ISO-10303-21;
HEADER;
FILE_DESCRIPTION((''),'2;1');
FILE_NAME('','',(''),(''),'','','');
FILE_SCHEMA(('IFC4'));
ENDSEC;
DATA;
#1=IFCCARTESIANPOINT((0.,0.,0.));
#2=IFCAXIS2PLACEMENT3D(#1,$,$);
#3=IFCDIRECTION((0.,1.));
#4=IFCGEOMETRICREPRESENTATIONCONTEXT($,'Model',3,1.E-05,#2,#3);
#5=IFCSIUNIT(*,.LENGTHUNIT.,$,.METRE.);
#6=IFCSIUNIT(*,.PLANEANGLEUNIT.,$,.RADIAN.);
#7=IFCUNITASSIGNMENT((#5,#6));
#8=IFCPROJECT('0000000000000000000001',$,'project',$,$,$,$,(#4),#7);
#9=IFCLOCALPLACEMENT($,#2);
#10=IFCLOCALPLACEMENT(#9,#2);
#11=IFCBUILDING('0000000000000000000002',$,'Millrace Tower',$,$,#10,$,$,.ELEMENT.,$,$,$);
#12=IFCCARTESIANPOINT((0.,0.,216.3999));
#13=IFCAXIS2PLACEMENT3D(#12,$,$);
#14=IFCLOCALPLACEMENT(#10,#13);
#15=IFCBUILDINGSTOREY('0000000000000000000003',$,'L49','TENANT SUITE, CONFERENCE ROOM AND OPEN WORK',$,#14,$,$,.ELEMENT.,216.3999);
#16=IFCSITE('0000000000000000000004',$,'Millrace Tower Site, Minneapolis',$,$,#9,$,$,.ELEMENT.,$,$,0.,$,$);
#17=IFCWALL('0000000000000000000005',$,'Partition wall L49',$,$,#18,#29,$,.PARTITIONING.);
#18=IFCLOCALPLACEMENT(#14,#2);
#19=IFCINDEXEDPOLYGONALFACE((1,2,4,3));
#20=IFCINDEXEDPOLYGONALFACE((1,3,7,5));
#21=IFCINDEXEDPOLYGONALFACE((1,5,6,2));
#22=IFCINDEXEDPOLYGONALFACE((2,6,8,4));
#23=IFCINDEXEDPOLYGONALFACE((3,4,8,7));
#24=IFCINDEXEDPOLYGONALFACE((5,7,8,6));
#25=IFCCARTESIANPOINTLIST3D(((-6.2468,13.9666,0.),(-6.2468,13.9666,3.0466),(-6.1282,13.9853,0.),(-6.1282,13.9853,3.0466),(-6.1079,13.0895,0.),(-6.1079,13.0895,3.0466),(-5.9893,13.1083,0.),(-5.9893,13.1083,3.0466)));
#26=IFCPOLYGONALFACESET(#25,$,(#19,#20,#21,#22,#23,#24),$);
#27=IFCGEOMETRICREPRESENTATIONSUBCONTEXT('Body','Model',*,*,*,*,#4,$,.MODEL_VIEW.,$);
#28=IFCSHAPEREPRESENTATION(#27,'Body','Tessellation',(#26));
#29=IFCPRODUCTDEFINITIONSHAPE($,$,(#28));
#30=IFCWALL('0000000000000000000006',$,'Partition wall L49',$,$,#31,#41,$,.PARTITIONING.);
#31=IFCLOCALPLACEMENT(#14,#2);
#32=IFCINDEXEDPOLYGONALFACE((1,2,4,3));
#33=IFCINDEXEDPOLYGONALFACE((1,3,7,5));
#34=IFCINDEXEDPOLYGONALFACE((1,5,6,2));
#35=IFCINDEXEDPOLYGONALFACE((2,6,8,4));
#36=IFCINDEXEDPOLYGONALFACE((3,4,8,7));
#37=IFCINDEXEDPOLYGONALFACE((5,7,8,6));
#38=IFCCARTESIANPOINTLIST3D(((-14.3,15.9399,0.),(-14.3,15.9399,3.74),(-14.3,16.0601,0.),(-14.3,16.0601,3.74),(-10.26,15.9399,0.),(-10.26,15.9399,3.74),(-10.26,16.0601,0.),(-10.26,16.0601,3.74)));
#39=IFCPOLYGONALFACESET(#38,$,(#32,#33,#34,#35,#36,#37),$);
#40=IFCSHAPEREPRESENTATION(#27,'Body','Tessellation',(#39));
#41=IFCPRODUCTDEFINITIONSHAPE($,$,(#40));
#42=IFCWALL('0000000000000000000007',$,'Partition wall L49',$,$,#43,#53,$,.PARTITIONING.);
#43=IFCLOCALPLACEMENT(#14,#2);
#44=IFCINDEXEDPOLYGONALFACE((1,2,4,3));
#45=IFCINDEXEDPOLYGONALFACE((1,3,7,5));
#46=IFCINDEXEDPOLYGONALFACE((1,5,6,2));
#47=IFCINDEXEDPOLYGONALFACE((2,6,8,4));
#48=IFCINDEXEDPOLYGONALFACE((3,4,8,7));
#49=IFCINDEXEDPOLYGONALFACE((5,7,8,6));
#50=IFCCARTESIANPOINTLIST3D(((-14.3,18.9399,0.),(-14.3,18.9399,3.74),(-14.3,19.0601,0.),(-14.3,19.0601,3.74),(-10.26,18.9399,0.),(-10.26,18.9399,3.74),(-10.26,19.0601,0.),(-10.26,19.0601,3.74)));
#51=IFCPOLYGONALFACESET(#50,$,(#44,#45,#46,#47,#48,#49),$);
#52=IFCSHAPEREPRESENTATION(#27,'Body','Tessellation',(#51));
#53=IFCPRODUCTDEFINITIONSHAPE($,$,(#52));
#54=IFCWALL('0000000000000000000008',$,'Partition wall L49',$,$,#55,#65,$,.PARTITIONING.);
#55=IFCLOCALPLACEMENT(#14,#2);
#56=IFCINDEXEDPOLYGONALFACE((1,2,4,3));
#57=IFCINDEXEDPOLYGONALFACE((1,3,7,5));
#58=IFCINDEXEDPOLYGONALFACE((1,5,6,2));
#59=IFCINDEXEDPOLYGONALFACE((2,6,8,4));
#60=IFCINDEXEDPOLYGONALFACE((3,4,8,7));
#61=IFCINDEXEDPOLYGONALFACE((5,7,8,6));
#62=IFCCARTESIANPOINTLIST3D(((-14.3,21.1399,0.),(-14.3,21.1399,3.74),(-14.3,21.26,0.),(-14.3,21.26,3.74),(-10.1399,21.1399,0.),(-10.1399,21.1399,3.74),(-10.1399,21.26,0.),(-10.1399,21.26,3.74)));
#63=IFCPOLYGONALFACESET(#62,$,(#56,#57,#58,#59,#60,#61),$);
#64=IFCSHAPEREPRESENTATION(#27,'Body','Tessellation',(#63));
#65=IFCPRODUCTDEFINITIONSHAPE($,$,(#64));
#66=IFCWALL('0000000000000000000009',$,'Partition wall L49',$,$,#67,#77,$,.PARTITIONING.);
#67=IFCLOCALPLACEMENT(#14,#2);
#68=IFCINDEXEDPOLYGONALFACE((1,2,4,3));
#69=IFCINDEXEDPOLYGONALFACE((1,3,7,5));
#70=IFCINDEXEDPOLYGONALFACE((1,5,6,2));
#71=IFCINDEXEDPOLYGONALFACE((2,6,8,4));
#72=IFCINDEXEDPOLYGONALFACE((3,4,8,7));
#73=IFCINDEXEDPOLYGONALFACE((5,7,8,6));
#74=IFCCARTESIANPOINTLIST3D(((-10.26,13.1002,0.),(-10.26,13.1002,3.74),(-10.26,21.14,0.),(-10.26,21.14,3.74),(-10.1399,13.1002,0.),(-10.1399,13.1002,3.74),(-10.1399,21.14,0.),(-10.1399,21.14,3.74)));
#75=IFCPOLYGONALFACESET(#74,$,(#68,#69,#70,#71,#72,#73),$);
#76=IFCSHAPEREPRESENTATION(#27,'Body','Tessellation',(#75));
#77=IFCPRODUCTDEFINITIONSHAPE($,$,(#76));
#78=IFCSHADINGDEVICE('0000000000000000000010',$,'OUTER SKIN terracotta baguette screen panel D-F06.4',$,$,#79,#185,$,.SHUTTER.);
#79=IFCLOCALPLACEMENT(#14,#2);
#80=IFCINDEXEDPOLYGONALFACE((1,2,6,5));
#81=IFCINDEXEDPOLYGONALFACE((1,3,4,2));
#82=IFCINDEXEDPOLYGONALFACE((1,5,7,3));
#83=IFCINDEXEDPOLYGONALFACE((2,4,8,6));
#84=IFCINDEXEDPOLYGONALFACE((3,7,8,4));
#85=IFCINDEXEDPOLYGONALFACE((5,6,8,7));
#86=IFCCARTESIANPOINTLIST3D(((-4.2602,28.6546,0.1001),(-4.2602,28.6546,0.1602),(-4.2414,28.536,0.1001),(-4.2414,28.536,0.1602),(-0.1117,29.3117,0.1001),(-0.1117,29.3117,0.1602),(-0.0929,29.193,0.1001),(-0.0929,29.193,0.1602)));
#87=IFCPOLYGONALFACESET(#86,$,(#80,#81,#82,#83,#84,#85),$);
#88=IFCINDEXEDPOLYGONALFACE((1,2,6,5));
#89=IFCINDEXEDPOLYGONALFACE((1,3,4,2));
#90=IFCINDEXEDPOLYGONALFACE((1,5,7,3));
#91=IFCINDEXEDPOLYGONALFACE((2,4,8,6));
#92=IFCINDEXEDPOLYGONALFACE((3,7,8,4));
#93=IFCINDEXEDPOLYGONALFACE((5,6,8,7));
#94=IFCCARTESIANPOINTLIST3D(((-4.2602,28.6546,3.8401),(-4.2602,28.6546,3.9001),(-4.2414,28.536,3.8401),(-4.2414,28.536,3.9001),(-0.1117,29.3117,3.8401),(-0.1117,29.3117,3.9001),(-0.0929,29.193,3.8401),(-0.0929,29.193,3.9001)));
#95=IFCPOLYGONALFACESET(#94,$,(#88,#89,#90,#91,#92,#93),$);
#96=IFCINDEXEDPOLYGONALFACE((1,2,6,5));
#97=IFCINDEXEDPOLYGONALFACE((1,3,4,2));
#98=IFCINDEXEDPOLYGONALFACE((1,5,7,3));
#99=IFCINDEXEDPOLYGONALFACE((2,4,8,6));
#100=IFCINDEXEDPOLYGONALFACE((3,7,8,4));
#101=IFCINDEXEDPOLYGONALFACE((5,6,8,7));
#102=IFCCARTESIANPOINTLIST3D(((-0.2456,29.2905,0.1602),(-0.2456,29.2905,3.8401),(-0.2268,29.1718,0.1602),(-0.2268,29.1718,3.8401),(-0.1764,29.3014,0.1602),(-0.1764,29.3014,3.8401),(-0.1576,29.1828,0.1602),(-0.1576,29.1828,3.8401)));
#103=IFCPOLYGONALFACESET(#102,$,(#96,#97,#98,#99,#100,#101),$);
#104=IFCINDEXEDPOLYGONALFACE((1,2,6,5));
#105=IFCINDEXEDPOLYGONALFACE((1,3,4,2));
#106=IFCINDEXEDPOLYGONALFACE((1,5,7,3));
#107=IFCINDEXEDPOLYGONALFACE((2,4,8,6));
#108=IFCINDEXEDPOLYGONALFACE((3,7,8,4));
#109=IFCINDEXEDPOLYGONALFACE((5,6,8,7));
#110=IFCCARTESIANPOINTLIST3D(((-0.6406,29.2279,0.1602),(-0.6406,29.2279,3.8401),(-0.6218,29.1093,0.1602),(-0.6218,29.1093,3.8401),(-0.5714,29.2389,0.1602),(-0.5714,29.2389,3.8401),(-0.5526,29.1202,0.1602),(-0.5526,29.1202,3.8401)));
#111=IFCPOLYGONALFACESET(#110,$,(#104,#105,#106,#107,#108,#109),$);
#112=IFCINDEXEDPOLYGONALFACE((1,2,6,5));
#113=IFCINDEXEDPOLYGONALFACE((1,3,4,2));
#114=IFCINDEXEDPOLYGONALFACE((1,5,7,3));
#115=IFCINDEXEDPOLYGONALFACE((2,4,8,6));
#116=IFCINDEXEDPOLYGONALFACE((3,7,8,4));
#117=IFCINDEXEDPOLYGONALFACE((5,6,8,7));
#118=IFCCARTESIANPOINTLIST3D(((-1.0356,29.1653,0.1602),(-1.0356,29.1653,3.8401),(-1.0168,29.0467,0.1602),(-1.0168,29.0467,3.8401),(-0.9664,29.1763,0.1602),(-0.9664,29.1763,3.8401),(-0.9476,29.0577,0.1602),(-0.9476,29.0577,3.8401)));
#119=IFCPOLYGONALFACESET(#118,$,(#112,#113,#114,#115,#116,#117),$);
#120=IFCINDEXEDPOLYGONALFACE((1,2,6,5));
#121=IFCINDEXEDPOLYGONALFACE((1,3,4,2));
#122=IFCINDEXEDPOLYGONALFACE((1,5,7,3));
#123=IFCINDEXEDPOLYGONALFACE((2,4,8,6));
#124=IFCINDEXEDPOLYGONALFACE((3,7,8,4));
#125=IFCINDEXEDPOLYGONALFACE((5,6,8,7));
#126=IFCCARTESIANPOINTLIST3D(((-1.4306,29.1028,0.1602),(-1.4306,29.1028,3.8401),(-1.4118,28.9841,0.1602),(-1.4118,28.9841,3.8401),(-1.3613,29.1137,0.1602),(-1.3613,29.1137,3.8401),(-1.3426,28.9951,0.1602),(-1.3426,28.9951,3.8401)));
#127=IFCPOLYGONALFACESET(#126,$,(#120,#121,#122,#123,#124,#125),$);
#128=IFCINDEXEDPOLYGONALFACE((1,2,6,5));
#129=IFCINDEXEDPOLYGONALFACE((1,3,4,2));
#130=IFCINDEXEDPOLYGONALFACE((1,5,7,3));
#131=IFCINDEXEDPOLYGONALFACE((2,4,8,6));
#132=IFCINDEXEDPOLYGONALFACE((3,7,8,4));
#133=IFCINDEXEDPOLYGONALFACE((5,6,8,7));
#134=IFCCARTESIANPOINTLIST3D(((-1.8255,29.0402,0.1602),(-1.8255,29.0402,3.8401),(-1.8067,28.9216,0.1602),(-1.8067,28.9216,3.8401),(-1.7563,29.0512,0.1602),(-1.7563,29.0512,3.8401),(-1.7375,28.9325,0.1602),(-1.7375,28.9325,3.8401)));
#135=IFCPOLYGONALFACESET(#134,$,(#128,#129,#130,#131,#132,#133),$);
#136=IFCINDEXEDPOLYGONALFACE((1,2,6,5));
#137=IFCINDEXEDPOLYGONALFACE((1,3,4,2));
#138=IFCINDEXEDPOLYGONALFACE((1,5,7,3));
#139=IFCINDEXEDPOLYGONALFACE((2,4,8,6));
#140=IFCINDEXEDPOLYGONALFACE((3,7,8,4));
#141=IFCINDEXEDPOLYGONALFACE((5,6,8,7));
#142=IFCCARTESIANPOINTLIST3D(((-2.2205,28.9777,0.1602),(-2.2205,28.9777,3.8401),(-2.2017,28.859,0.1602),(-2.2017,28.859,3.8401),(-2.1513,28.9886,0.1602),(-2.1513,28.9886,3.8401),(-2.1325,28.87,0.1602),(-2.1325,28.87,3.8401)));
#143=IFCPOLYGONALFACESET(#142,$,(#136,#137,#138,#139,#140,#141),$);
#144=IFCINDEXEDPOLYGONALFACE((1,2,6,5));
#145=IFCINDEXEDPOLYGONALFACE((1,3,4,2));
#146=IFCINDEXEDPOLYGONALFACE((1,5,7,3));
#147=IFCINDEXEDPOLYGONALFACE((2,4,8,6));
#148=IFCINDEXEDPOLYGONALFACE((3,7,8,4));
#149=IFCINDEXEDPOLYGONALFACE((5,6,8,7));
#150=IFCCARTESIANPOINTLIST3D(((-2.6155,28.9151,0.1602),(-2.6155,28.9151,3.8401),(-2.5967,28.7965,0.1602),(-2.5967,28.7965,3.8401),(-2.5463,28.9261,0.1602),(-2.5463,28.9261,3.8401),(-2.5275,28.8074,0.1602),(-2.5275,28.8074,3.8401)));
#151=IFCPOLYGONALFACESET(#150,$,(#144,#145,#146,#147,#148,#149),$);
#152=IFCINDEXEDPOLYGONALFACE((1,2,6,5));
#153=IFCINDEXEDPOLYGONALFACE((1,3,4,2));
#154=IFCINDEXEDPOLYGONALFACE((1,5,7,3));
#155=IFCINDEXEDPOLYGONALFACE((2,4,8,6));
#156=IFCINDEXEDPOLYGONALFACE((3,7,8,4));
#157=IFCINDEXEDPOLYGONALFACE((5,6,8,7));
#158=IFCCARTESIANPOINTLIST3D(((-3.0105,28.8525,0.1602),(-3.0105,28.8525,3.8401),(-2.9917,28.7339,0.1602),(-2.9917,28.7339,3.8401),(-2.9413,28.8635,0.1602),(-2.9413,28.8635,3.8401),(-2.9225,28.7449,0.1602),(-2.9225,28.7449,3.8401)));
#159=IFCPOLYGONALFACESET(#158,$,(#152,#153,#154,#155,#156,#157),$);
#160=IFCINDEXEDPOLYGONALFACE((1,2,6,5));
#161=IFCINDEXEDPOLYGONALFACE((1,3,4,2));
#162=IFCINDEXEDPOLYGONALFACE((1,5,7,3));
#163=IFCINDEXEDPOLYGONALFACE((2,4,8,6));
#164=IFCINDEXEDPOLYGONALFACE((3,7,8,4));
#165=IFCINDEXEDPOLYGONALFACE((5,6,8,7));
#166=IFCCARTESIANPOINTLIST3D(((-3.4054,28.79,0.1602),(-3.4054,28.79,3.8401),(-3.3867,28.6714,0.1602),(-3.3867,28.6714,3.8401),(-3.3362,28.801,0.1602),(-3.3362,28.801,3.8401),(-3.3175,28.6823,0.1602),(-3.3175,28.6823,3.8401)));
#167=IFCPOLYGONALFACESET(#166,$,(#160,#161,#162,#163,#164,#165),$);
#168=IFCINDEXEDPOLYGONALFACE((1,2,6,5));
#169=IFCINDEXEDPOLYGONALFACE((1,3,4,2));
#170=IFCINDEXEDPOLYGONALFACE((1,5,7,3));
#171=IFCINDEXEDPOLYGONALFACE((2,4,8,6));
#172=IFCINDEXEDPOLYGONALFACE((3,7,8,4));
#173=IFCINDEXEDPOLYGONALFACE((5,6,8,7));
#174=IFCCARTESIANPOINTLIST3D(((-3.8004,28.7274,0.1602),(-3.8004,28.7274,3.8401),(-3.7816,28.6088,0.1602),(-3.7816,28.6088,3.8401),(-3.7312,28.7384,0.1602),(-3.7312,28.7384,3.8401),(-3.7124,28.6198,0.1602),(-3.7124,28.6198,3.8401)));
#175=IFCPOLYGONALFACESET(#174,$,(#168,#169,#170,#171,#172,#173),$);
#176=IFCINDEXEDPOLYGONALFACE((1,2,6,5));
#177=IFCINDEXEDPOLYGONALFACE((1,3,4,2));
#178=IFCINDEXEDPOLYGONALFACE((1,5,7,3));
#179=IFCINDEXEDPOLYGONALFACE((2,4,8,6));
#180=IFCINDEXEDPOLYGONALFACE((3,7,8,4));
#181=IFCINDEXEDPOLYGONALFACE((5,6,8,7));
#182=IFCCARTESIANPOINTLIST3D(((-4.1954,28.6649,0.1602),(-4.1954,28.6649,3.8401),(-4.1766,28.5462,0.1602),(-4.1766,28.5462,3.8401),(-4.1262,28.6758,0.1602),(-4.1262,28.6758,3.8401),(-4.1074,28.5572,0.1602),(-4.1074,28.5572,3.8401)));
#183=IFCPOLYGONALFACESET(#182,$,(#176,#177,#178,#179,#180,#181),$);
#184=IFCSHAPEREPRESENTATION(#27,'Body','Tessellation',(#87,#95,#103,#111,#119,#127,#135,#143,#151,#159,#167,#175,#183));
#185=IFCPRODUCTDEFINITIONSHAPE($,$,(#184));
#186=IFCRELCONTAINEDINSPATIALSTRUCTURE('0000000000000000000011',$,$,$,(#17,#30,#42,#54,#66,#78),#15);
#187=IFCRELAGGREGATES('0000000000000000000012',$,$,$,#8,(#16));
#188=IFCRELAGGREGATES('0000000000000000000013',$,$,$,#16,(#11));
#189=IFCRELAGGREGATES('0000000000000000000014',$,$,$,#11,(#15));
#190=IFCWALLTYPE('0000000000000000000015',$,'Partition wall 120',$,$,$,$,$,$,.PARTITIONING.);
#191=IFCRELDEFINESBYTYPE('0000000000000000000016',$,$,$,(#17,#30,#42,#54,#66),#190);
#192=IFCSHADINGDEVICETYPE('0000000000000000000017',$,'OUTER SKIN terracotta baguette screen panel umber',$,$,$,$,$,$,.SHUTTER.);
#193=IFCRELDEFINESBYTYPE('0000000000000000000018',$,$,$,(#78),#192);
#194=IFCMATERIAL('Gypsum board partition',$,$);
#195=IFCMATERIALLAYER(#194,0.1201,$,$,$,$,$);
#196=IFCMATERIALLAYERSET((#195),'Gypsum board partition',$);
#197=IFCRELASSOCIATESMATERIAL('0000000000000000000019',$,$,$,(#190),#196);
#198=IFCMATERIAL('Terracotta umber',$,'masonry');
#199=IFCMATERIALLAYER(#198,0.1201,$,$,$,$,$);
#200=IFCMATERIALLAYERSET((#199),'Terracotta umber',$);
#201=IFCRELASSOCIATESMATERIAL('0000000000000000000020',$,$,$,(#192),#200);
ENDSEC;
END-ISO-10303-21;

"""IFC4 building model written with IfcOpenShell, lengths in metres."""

from ifc_helpers import new_model, entity, si_unit, direction, frame, frame_2d, origin, origin_2d, place, context, subcontext, project, spatial, rectangle, extrude, source, transform, mapped, material, layer, layer_set, type_object, element, save


model = new_model("IFC4")

# Units and contexts
model_context = context("Model", 3, precision=1e-05, world=origin(), true_north=direction((0.0, 1.0)))
body_context = subcontext(model_context, "Body", "Model", "MODEL_VIEW")
ifc_project = project(units=[si_unit("LENGTHUNIT", "METRE"), si_unit("PLANEANGLEUNIT", "RADIAN")], contexts=[model_context])

# Site, building, storey
site_placement = place(None, origin())
site = spatial("IfcSite", under=ifc_project, at=site_placement, Name="Millrace Tower Site, Minneapolis", CompositionType="ELEMENT", RefElevation=0.0)
building_placement = place(site_placement, origin())
building = spatial("IfcBuilding", under=site, at=building_placement, Name="Millrace Tower", CompositionType="ELEMENT")
storey_placement = place(building_placement, frame((0.0, 0.0, 216.3999)))
storey = spatial("IfcBuildingStorey", under=building, at=storey_placement, Name="L49", Description="TENANT SUITE, CONFERENCE ROOM AND OPEN WORK", CompositionType="ELEMENT", Elevation=216.3999)

# Walls
ifc_material_1 = material(Name="Gypsum board partition")
ifc_layer_1 = layer(ifc_material_1, 0.1201)
ifc_layer_set_1 = layer_set([ifc_layer_1], Name="Gypsum board partition")
wall_type_1 = type_object("IfcWallType", Name="Partition wall 120", PredefinedType="PARTITIONING", material=ifc_layer_set_1)
wall_1_placement = place(storey_placement, frame((-6.1875, 13.9758, 0.0), z_axis=(0.0, 0.0, 1.0), x_axis=(0.156457, -0.987685, 0.0)))
element("IfcWall", 1, at=wall_1_placement, inside=storey, type_object=wall_type_1, Name="Partition wall L49", PredefinedType="PARTITIONING", context=body_context, shape_type="SweptSolid", body=[
    extrude(rectangle(XDim=0.8879, YDim=0.1201, at=frame_2d((0.4438, 0.0))), origin(), (0.0, 0.0, 1.0), 3.0466),
])
for number, where, z_axis, x_axis, name in (
    (2, (-14.3, 16.0, 0.0), (0.0, 0.0, 1.0), (1.0, 0.0, 0.0), "Partition wall L49"),
    (3, (-14.3, 19.0, 0.0), (0.0, 0.0, 1.0), (1.0, 0.0, 0.0), "Partition wall L49"),
):
    element("IfcWall", number, at=place(storey_placement, frame(where, z_axis=z_axis, x_axis=x_axis)), inside=storey, type_object=wall_type_1, Name=name, PredefinedType="PARTITIONING", context=body_context, shape_type="SweptSolid", body=[
        extrude(rectangle(XDim=4.04, YDim=0.1201, at=frame_2d((2.02, 0.0))), origin(), (0.0, 0.0, 1.0), 3.74),
    ])
wall_2_placement = place(storey_placement, frame((-14.3, 21.2, 0.0), z_axis=(0.0, 0.0, 1.0), x_axis=(1.0, 0.0, 0.0)))
element("IfcWall", 4, at=wall_2_placement, inside=storey, type_object=wall_type_1, Name="Partition wall L49", PredefinedType="PARTITIONING", context=body_context, shape_type="SweptSolid", body=[
    extrude(rectangle(XDim=4.1602, YDim=0.1201, at=frame_2d((2.0801, 0.0))), origin(), (0.0, 0.0, 1.0), 3.74),
])
wall_3_placement = place(storey_placement, frame((-10.2, 13.1001, 0.0), z_axis=(0.0, 0.0, 1.0), x_axis=(0.0, 1.0, 0.0)))
element("IfcWall", 5, at=wall_3_placement, inside=storey, type_object=wall_type_1, Name="Partition wall L49", PredefinedType="PARTITIONING", context=body_context, shape_type="SweptSolid", body=[
    extrude(rectangle(XDim=8.0398, YDim=0.1201, at=frame_2d((4.02, 0.0))), origin(), (0.0, 0.0, 1.0), 3.74),
])

# Shading device
ifc_material_2 = material(Name="Terracotta umber", Category="masonry")
ifc_layer_2 = layer(ifc_material_2, 0.1201)
ifc_layer_set_2 = layer_set([ifc_layer_2], Name="Terracotta umber")
shading_device_type = type_object("IfcShadingDeviceType", Name="OUTER SKIN terracotta baguette screen panel umber", PredefinedType="SHUTTER", material=ifc_layer_set_2)
cartesian_point = entity("IfcCartesianPoint", [-2.1001, 0.0601])
shared_polyline = entity("IfcPolyline", [cartesian_point, entity("IfcCartesianPoint", [2.1001, 0.0601]), entity("IfcCartesianPoint", [2.1001, -0.0601]), entity("IfcCartesianPoint", [-2.1001, -0.0601]), cartesian_point])
shared_shape = source(origin(), body_context, "Body", "SweptSolid", [
    entity("IfcExtrudedAreaSolid", entity("IfcArbitraryClosedProfileDef", "AREA", None, shared_polyline), entity("IfcAxis2Placement3D", entity("IfcCartesianPoint", [0.0, 0.0, 0.0])), entity("IfcDirection", [0.0, 0.0, 1.0]), 0.0601),
    entity("IfcExtrudedAreaSolid", entity("IfcArbitraryClosedProfileDef", "AREA", None, shared_polyline), entity("IfcAxis2Placement3D", entity("IfcCartesianPoint", [0.0, 0.0, 3.74])), entity("IfcDirection", [0.0, 0.0, 1.0]), 0.0601),
    extrude(rectangle(XDim=0.0701, YDim=0.1201, at=frame_2d((-1.9995, 0.0))), frame((0.0, 0.0, 0.0601)), (0.0, 0.0, 1.0), 3.6799),
    extrude(rectangle(XDim=0.0701, YDim=0.1201, at=frame_2d((-1.5996, 0.0))), frame((0.0, 0.0, 0.0601)), (0.0, 0.0, 1.0), 3.6799),
    extrude(rectangle(XDim=0.0701, YDim=0.1201, at=frame_2d((-1.1997, 0.0))), frame((0.0, 0.0, 0.0601)), (0.0, 0.0, 1.0), 3.6799),
    extrude(rectangle(XDim=0.0701, YDim=0.1201, at=frame_2d((-0.7998, 0.0))), frame((0.0, 0.0, 0.0601)), (0.0, 0.0, 1.0), 3.6799),
    extrude(rectangle(XDim=0.0701, YDim=0.1201, at=frame_2d((-0.3999, 0.0))), frame((0.0, 0.0, 0.0601)), (0.0, 0.0, 1.0), 3.6799),
    extrude(rectangle(XDim=0.0701, YDim=0.1201, at=origin_2d()), frame((0.0, 0.0, 0.0601)), (0.0, 0.0, 1.0), 3.6799),
    extrude(rectangle(XDim=0.0701, YDim=0.1201, at=frame_2d((0.3999, 0.0))), frame((0.0, 0.0, 0.0601)), (0.0, 0.0, 1.0), 3.6799),
    extrude(rectangle(XDim=0.0701, YDim=0.1201, at=frame_2d((0.7998, 0.0))), frame((0.0, 0.0, 0.0601)), (0.0, 0.0, 1.0), 3.6799),
    extrude(rectangle(XDim=0.0701, YDim=0.1201, at=frame_2d((1.1997, 0.0))), frame((0.0, 0.0, 0.0601)), (0.0, 0.0, 1.0), 3.6799),
    extrude(rectangle(XDim=0.0701, YDim=0.1201, at=frame_2d((1.5996, 0.0))), frame((0.0, 0.0, 0.0601)), (0.0, 0.0, 1.0), 3.6799),
    extrude(rectangle(XDim=0.0701, YDim=0.1201, at=frame_2d((1.9995, 0.0))), frame((0.0, 0.0, 0.0601)), (0.0, 0.0, 1.0), 3.6799),
])
for number, where, z_axis, x_axis, name in (
    (6, (-2.1765, 28.9238, 0.1001), (0.0, 0.0, 1.0), (-0.987688, -0.156434, 0.0), "OUTER SKIN terracotta baguette screen panel D-F06.4"),
):
    element("IfcShadingDevice", number, at=place(storey_placement, frame(where, z_axis=z_axis, x_axis=x_axis)), inside=storey, type_object=shading_device_type, Name=name, PredefinedType="SHUTTER", context=body_context, shape_type="MappedRepresentation", body=[
        mapped(shared_shape, transform((0.0, 0.0, 0.0), scale=1.0)),
    ])

save(model, "model.ifc")
